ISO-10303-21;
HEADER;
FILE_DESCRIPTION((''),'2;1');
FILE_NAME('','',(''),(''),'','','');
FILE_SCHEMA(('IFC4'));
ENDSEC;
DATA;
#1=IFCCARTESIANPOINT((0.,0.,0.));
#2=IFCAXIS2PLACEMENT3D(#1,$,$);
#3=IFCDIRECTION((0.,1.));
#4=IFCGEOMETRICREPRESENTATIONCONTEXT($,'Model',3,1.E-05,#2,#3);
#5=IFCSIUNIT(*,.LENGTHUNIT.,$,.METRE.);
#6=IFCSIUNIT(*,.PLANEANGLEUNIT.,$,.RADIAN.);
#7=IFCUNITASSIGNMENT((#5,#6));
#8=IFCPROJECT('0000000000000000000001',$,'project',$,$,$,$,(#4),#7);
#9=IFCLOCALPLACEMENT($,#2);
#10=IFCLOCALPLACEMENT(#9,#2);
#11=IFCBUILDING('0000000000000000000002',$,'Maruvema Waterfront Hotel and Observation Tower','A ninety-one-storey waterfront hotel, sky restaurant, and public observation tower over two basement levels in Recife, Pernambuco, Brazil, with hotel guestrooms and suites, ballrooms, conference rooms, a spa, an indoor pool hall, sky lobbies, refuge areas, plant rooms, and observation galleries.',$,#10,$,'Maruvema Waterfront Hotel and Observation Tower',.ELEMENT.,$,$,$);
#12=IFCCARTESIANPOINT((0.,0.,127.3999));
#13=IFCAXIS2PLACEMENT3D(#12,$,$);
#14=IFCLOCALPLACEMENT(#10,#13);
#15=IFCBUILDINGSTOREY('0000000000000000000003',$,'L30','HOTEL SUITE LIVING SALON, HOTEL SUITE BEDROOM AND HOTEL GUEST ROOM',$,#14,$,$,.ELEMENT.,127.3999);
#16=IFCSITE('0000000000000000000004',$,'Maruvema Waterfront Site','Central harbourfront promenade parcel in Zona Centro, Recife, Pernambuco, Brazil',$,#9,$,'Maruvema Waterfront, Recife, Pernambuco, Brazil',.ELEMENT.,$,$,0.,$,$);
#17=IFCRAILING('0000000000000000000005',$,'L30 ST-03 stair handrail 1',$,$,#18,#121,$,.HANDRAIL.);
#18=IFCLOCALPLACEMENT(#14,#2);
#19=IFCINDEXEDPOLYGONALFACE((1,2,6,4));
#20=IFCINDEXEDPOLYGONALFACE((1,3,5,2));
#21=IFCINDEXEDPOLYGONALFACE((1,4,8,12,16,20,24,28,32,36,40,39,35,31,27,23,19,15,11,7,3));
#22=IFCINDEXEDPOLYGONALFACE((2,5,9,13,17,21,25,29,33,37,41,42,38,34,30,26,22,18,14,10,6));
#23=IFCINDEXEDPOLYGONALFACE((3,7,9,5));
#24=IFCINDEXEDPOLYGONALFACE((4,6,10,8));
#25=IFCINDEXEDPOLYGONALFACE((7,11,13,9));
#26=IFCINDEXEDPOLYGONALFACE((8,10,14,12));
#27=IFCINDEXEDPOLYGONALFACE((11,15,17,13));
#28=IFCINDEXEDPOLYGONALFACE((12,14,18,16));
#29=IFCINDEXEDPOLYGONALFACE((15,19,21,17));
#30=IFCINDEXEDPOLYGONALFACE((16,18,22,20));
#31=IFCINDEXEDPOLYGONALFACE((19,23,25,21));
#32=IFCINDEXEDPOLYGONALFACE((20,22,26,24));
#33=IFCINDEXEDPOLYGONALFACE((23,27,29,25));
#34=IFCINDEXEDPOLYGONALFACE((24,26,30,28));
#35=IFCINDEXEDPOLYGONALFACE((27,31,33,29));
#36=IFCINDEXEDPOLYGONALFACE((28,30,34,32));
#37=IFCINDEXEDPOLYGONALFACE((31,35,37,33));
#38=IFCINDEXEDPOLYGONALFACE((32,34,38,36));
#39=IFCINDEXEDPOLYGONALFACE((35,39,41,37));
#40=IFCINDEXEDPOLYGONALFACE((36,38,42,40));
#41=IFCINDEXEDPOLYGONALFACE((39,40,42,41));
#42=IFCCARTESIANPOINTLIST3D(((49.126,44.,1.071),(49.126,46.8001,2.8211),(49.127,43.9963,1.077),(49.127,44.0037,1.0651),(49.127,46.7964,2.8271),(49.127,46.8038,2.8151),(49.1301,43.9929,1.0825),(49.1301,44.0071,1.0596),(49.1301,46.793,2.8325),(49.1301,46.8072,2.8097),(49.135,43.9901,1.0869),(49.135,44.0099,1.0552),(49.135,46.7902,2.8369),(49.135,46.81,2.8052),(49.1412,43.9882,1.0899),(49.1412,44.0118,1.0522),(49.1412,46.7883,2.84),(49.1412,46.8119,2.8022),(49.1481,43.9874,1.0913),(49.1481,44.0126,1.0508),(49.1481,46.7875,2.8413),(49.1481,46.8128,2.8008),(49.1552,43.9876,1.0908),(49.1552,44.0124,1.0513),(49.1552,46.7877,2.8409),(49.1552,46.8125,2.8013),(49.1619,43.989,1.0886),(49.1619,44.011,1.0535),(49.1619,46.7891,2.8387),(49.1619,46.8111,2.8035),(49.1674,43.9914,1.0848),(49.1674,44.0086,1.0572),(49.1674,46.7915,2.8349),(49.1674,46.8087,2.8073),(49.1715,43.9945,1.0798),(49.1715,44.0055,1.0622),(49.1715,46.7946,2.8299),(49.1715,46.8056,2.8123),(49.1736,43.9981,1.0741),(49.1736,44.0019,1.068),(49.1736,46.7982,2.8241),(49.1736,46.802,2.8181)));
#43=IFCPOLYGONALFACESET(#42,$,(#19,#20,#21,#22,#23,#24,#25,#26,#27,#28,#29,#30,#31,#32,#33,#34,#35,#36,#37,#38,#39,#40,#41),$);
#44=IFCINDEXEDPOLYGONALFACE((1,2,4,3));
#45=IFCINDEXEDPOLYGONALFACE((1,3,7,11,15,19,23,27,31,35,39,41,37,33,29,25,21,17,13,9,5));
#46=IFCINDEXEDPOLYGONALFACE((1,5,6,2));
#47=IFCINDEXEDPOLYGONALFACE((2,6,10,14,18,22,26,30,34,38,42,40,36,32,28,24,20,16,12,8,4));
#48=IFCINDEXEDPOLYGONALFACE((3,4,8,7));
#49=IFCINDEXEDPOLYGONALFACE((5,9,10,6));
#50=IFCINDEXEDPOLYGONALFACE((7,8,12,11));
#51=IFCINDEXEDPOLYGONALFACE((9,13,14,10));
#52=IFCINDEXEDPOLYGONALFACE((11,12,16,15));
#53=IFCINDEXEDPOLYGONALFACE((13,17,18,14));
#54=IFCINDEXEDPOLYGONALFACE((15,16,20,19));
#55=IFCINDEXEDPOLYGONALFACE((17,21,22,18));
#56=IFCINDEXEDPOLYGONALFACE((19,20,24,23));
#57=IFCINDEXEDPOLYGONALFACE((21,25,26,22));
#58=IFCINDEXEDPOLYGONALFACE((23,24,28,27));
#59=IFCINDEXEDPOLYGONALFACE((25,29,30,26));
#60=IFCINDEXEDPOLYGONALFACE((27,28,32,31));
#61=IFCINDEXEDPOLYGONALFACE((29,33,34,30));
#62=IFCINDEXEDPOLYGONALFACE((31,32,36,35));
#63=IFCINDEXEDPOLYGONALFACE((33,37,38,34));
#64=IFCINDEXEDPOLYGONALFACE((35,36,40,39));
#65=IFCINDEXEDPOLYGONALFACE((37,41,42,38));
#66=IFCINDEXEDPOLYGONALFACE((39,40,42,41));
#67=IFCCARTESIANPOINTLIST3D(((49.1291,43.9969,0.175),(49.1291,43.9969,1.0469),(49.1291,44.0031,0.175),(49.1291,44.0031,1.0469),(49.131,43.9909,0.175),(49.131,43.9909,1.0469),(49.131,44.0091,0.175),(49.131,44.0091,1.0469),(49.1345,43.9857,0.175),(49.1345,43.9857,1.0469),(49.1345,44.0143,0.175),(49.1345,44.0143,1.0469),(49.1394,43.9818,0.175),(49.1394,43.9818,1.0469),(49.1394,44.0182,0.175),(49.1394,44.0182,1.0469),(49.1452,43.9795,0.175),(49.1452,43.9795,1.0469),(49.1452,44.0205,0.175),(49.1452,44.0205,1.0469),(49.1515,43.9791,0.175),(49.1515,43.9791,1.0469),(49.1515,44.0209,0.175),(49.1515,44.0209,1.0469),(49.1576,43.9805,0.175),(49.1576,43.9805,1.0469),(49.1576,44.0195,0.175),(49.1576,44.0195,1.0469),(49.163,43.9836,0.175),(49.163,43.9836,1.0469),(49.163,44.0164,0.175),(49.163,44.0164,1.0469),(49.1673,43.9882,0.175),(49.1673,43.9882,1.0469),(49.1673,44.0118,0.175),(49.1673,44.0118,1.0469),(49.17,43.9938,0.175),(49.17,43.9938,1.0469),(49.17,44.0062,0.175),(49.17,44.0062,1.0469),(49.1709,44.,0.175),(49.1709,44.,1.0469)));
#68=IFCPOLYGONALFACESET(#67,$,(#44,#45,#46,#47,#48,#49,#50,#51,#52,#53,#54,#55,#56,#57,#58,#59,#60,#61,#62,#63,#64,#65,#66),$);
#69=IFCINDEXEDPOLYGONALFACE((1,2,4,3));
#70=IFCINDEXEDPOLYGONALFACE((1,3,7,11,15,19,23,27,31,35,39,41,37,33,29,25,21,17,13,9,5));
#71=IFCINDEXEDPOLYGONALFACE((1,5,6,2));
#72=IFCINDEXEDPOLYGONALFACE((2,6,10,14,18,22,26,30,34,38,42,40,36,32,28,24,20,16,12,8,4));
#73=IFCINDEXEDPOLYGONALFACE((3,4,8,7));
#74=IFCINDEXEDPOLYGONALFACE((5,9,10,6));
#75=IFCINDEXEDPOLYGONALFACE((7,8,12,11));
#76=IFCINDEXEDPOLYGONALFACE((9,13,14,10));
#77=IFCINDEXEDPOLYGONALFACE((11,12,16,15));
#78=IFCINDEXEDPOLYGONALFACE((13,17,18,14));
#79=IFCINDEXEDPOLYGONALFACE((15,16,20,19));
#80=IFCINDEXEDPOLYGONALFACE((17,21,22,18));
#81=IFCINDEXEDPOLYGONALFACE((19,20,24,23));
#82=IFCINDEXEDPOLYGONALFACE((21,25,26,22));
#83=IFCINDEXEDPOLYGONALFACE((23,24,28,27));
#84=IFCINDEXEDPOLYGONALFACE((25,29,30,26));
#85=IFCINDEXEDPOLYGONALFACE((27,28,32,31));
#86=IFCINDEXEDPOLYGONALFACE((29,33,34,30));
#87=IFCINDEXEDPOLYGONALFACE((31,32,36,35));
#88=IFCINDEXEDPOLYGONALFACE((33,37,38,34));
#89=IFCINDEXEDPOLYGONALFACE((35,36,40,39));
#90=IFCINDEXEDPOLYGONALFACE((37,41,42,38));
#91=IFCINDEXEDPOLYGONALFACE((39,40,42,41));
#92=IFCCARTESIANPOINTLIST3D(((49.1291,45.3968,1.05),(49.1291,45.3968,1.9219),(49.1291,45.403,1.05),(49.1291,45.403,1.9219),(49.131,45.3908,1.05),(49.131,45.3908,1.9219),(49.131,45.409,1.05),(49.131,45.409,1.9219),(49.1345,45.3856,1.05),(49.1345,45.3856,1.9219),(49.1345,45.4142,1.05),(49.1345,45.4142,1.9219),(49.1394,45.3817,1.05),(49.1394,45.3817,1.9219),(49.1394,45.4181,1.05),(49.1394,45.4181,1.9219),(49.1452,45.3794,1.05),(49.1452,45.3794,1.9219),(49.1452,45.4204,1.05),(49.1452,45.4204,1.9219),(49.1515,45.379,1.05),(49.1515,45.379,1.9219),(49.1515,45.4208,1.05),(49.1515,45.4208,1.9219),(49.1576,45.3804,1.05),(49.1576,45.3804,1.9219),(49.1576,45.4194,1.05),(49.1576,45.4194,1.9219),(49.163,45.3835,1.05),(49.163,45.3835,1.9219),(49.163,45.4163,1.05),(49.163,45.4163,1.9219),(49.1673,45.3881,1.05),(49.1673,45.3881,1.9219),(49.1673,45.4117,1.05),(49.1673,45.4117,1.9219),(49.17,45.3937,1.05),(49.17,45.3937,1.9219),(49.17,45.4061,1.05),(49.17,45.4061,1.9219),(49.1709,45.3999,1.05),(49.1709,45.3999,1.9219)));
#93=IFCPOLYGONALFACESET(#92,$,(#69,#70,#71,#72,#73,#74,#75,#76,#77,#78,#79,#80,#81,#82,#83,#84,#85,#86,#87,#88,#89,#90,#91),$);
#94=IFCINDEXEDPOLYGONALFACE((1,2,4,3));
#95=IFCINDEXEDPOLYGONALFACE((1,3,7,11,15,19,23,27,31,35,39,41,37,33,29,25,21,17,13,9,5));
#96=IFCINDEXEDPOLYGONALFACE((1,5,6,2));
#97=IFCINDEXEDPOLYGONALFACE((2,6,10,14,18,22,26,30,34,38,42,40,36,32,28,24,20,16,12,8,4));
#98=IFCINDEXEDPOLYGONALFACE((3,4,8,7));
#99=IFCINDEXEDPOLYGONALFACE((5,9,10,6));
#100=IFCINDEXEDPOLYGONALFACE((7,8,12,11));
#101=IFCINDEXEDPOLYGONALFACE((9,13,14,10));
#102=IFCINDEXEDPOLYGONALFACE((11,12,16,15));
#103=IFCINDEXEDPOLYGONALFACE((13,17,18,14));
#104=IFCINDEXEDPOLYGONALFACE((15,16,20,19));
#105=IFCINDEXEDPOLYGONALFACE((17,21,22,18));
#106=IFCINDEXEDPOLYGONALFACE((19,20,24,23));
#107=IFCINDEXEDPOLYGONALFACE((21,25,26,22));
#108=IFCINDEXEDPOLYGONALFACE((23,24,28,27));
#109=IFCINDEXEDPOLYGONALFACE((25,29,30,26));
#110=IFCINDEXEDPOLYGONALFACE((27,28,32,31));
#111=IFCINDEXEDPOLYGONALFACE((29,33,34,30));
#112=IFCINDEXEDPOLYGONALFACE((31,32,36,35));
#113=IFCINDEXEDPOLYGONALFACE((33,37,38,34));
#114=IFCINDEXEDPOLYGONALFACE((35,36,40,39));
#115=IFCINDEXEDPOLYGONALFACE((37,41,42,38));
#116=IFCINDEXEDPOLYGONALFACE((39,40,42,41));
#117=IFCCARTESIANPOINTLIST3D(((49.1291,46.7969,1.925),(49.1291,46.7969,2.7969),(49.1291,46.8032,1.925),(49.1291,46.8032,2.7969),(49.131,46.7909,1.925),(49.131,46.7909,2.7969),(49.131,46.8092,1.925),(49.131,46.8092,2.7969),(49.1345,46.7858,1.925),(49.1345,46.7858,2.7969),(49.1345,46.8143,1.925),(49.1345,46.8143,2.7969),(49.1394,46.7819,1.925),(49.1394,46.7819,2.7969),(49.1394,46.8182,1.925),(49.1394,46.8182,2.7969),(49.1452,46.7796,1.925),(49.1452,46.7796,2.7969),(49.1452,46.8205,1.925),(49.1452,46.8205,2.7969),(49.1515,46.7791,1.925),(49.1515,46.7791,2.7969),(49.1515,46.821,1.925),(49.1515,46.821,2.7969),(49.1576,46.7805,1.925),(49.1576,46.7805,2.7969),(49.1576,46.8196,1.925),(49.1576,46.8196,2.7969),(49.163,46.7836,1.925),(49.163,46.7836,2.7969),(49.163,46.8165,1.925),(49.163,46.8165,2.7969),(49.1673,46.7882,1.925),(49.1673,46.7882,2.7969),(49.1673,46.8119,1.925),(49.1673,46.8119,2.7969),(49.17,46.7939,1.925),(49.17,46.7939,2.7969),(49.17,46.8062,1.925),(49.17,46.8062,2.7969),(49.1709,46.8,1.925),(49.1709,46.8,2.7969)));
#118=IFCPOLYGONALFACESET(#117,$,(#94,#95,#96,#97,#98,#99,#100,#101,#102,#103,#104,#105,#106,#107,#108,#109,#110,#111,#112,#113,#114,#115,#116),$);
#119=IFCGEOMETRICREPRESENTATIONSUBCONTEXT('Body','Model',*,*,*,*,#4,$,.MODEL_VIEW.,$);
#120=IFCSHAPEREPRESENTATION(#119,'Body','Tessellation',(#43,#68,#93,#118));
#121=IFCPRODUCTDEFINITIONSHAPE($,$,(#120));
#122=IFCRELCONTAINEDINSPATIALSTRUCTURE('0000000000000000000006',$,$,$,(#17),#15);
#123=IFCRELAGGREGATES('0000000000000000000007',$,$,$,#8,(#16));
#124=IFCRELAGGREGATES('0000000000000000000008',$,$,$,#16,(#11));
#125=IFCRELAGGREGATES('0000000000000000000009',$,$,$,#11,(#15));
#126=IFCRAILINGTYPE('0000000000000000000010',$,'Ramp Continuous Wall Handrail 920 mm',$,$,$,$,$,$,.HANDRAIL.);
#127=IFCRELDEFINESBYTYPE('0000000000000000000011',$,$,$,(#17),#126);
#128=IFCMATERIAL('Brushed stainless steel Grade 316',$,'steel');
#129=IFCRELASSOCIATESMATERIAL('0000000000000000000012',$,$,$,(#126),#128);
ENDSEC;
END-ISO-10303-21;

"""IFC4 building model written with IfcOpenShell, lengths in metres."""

from ifc_helpers import new_model, si_unit, direction, frame, origin, origin_2d, place, context, subcontext, project, spatial, circle, extrude, material, type_object, element, save


model = new_model("IFC4")

# Units and contexts
model_context = context("Model", 3, precision=1e-05, world=origin(), true_north=direction((0.0, 1.0)))
body_context = subcontext(model_context, "Body", "Model", "MODEL_VIEW")
ifc_project = project(units=[si_unit("LENGTHUNIT", "METRE"), si_unit("PLANEANGLEUNIT", "RADIAN")], contexts=[model_context])

# Site, building, storey
site_placement = place(None, origin())
site = spatial("IfcSite", under=ifc_project, at=site_placement, Name="Maruvema Waterfront Site", Description="Central harbourfront promenade parcel in Zona Centro, Recife, Pernambuco, Brazil", LongName="Maruvema Waterfront, Recife, Pernambuco, Brazil", CompositionType="ELEMENT", RefElevation=0.0)
building_placement = place(site_placement, origin())
building = spatial("IfcBuilding", under=site, at=building_placement, Name="Maruvema Waterfront Hotel and Observation Tower", Description="A ninety-one-storey waterfront hotel, sky restaurant, and public observation tower over two basement levels in Recife, Pernambuco, Brazil, with hotel guestrooms and suites, ballrooms, conference rooms, a spa, an indoor pool hall, sky lobbies, refuge areas, plant rooms, and observation galleries.", LongName="Maruvema Waterfront Hotel and Observation Tower", CompositionType="ELEMENT")
storey_placement = place(building_placement, frame((0.0, 0.0, 127.3999)))
storey = spatial("IfcBuildingStorey", under=building, at=storey_placement, Name="L30", Description="HOTEL SUITE LIVING SALON, HOTEL SUITE BEDROOM AND HOTEL GUEST ROOM", CompositionType="ELEMENT", Elevation=127.3999)

# Railing
ifc_material_1 = material(Name="Brushed stainless steel Grade 316", Category="steel")
railing_type_1 = type_object("IfcRailingType", Name="Ramp Continuous Wall Handrail 920 mm", PredefinedType="HANDRAIL", material=ifc_material_1)
railing_1_placement = place(storey_placement, frame((49.1499, 44.0, 0.175)))
element("IfcRailing", 1, at=railing_1_placement, inside=storey, type_object=railing_type_1, Name="L30 ST-03 stair handrail 1", PredefinedType="HANDRAIL", context=body_context, shape_type="SweptSolid", body=[
    extrude(circle(Radius=0.0239, at=origin_2d()), frame((0.0, 0.0, 0.896), z_axis=(0.0, 0.848002, 0.529992), x_axis=(-1.0, 0.0, 0.0)), (0.0, 0.0, 1.0), 3.302),
    extrude(circle(Radius=0.021, at=origin_2d()), origin(), (0.0, 0.0, 1.0), 0.8718),
    extrude(circle(Radius=0.021, at=origin_2d()), frame((0.0, 1.3999, 0.875)), (0.0, 0.0, 1.0), 0.8718),
    extrude(circle(Radius=0.021, at=origin_2d()), frame((0.0, 2.8, 1.75)), (0.0, 0.0, 1.0), 0.8718),
])

save(model, "model.ifc")
